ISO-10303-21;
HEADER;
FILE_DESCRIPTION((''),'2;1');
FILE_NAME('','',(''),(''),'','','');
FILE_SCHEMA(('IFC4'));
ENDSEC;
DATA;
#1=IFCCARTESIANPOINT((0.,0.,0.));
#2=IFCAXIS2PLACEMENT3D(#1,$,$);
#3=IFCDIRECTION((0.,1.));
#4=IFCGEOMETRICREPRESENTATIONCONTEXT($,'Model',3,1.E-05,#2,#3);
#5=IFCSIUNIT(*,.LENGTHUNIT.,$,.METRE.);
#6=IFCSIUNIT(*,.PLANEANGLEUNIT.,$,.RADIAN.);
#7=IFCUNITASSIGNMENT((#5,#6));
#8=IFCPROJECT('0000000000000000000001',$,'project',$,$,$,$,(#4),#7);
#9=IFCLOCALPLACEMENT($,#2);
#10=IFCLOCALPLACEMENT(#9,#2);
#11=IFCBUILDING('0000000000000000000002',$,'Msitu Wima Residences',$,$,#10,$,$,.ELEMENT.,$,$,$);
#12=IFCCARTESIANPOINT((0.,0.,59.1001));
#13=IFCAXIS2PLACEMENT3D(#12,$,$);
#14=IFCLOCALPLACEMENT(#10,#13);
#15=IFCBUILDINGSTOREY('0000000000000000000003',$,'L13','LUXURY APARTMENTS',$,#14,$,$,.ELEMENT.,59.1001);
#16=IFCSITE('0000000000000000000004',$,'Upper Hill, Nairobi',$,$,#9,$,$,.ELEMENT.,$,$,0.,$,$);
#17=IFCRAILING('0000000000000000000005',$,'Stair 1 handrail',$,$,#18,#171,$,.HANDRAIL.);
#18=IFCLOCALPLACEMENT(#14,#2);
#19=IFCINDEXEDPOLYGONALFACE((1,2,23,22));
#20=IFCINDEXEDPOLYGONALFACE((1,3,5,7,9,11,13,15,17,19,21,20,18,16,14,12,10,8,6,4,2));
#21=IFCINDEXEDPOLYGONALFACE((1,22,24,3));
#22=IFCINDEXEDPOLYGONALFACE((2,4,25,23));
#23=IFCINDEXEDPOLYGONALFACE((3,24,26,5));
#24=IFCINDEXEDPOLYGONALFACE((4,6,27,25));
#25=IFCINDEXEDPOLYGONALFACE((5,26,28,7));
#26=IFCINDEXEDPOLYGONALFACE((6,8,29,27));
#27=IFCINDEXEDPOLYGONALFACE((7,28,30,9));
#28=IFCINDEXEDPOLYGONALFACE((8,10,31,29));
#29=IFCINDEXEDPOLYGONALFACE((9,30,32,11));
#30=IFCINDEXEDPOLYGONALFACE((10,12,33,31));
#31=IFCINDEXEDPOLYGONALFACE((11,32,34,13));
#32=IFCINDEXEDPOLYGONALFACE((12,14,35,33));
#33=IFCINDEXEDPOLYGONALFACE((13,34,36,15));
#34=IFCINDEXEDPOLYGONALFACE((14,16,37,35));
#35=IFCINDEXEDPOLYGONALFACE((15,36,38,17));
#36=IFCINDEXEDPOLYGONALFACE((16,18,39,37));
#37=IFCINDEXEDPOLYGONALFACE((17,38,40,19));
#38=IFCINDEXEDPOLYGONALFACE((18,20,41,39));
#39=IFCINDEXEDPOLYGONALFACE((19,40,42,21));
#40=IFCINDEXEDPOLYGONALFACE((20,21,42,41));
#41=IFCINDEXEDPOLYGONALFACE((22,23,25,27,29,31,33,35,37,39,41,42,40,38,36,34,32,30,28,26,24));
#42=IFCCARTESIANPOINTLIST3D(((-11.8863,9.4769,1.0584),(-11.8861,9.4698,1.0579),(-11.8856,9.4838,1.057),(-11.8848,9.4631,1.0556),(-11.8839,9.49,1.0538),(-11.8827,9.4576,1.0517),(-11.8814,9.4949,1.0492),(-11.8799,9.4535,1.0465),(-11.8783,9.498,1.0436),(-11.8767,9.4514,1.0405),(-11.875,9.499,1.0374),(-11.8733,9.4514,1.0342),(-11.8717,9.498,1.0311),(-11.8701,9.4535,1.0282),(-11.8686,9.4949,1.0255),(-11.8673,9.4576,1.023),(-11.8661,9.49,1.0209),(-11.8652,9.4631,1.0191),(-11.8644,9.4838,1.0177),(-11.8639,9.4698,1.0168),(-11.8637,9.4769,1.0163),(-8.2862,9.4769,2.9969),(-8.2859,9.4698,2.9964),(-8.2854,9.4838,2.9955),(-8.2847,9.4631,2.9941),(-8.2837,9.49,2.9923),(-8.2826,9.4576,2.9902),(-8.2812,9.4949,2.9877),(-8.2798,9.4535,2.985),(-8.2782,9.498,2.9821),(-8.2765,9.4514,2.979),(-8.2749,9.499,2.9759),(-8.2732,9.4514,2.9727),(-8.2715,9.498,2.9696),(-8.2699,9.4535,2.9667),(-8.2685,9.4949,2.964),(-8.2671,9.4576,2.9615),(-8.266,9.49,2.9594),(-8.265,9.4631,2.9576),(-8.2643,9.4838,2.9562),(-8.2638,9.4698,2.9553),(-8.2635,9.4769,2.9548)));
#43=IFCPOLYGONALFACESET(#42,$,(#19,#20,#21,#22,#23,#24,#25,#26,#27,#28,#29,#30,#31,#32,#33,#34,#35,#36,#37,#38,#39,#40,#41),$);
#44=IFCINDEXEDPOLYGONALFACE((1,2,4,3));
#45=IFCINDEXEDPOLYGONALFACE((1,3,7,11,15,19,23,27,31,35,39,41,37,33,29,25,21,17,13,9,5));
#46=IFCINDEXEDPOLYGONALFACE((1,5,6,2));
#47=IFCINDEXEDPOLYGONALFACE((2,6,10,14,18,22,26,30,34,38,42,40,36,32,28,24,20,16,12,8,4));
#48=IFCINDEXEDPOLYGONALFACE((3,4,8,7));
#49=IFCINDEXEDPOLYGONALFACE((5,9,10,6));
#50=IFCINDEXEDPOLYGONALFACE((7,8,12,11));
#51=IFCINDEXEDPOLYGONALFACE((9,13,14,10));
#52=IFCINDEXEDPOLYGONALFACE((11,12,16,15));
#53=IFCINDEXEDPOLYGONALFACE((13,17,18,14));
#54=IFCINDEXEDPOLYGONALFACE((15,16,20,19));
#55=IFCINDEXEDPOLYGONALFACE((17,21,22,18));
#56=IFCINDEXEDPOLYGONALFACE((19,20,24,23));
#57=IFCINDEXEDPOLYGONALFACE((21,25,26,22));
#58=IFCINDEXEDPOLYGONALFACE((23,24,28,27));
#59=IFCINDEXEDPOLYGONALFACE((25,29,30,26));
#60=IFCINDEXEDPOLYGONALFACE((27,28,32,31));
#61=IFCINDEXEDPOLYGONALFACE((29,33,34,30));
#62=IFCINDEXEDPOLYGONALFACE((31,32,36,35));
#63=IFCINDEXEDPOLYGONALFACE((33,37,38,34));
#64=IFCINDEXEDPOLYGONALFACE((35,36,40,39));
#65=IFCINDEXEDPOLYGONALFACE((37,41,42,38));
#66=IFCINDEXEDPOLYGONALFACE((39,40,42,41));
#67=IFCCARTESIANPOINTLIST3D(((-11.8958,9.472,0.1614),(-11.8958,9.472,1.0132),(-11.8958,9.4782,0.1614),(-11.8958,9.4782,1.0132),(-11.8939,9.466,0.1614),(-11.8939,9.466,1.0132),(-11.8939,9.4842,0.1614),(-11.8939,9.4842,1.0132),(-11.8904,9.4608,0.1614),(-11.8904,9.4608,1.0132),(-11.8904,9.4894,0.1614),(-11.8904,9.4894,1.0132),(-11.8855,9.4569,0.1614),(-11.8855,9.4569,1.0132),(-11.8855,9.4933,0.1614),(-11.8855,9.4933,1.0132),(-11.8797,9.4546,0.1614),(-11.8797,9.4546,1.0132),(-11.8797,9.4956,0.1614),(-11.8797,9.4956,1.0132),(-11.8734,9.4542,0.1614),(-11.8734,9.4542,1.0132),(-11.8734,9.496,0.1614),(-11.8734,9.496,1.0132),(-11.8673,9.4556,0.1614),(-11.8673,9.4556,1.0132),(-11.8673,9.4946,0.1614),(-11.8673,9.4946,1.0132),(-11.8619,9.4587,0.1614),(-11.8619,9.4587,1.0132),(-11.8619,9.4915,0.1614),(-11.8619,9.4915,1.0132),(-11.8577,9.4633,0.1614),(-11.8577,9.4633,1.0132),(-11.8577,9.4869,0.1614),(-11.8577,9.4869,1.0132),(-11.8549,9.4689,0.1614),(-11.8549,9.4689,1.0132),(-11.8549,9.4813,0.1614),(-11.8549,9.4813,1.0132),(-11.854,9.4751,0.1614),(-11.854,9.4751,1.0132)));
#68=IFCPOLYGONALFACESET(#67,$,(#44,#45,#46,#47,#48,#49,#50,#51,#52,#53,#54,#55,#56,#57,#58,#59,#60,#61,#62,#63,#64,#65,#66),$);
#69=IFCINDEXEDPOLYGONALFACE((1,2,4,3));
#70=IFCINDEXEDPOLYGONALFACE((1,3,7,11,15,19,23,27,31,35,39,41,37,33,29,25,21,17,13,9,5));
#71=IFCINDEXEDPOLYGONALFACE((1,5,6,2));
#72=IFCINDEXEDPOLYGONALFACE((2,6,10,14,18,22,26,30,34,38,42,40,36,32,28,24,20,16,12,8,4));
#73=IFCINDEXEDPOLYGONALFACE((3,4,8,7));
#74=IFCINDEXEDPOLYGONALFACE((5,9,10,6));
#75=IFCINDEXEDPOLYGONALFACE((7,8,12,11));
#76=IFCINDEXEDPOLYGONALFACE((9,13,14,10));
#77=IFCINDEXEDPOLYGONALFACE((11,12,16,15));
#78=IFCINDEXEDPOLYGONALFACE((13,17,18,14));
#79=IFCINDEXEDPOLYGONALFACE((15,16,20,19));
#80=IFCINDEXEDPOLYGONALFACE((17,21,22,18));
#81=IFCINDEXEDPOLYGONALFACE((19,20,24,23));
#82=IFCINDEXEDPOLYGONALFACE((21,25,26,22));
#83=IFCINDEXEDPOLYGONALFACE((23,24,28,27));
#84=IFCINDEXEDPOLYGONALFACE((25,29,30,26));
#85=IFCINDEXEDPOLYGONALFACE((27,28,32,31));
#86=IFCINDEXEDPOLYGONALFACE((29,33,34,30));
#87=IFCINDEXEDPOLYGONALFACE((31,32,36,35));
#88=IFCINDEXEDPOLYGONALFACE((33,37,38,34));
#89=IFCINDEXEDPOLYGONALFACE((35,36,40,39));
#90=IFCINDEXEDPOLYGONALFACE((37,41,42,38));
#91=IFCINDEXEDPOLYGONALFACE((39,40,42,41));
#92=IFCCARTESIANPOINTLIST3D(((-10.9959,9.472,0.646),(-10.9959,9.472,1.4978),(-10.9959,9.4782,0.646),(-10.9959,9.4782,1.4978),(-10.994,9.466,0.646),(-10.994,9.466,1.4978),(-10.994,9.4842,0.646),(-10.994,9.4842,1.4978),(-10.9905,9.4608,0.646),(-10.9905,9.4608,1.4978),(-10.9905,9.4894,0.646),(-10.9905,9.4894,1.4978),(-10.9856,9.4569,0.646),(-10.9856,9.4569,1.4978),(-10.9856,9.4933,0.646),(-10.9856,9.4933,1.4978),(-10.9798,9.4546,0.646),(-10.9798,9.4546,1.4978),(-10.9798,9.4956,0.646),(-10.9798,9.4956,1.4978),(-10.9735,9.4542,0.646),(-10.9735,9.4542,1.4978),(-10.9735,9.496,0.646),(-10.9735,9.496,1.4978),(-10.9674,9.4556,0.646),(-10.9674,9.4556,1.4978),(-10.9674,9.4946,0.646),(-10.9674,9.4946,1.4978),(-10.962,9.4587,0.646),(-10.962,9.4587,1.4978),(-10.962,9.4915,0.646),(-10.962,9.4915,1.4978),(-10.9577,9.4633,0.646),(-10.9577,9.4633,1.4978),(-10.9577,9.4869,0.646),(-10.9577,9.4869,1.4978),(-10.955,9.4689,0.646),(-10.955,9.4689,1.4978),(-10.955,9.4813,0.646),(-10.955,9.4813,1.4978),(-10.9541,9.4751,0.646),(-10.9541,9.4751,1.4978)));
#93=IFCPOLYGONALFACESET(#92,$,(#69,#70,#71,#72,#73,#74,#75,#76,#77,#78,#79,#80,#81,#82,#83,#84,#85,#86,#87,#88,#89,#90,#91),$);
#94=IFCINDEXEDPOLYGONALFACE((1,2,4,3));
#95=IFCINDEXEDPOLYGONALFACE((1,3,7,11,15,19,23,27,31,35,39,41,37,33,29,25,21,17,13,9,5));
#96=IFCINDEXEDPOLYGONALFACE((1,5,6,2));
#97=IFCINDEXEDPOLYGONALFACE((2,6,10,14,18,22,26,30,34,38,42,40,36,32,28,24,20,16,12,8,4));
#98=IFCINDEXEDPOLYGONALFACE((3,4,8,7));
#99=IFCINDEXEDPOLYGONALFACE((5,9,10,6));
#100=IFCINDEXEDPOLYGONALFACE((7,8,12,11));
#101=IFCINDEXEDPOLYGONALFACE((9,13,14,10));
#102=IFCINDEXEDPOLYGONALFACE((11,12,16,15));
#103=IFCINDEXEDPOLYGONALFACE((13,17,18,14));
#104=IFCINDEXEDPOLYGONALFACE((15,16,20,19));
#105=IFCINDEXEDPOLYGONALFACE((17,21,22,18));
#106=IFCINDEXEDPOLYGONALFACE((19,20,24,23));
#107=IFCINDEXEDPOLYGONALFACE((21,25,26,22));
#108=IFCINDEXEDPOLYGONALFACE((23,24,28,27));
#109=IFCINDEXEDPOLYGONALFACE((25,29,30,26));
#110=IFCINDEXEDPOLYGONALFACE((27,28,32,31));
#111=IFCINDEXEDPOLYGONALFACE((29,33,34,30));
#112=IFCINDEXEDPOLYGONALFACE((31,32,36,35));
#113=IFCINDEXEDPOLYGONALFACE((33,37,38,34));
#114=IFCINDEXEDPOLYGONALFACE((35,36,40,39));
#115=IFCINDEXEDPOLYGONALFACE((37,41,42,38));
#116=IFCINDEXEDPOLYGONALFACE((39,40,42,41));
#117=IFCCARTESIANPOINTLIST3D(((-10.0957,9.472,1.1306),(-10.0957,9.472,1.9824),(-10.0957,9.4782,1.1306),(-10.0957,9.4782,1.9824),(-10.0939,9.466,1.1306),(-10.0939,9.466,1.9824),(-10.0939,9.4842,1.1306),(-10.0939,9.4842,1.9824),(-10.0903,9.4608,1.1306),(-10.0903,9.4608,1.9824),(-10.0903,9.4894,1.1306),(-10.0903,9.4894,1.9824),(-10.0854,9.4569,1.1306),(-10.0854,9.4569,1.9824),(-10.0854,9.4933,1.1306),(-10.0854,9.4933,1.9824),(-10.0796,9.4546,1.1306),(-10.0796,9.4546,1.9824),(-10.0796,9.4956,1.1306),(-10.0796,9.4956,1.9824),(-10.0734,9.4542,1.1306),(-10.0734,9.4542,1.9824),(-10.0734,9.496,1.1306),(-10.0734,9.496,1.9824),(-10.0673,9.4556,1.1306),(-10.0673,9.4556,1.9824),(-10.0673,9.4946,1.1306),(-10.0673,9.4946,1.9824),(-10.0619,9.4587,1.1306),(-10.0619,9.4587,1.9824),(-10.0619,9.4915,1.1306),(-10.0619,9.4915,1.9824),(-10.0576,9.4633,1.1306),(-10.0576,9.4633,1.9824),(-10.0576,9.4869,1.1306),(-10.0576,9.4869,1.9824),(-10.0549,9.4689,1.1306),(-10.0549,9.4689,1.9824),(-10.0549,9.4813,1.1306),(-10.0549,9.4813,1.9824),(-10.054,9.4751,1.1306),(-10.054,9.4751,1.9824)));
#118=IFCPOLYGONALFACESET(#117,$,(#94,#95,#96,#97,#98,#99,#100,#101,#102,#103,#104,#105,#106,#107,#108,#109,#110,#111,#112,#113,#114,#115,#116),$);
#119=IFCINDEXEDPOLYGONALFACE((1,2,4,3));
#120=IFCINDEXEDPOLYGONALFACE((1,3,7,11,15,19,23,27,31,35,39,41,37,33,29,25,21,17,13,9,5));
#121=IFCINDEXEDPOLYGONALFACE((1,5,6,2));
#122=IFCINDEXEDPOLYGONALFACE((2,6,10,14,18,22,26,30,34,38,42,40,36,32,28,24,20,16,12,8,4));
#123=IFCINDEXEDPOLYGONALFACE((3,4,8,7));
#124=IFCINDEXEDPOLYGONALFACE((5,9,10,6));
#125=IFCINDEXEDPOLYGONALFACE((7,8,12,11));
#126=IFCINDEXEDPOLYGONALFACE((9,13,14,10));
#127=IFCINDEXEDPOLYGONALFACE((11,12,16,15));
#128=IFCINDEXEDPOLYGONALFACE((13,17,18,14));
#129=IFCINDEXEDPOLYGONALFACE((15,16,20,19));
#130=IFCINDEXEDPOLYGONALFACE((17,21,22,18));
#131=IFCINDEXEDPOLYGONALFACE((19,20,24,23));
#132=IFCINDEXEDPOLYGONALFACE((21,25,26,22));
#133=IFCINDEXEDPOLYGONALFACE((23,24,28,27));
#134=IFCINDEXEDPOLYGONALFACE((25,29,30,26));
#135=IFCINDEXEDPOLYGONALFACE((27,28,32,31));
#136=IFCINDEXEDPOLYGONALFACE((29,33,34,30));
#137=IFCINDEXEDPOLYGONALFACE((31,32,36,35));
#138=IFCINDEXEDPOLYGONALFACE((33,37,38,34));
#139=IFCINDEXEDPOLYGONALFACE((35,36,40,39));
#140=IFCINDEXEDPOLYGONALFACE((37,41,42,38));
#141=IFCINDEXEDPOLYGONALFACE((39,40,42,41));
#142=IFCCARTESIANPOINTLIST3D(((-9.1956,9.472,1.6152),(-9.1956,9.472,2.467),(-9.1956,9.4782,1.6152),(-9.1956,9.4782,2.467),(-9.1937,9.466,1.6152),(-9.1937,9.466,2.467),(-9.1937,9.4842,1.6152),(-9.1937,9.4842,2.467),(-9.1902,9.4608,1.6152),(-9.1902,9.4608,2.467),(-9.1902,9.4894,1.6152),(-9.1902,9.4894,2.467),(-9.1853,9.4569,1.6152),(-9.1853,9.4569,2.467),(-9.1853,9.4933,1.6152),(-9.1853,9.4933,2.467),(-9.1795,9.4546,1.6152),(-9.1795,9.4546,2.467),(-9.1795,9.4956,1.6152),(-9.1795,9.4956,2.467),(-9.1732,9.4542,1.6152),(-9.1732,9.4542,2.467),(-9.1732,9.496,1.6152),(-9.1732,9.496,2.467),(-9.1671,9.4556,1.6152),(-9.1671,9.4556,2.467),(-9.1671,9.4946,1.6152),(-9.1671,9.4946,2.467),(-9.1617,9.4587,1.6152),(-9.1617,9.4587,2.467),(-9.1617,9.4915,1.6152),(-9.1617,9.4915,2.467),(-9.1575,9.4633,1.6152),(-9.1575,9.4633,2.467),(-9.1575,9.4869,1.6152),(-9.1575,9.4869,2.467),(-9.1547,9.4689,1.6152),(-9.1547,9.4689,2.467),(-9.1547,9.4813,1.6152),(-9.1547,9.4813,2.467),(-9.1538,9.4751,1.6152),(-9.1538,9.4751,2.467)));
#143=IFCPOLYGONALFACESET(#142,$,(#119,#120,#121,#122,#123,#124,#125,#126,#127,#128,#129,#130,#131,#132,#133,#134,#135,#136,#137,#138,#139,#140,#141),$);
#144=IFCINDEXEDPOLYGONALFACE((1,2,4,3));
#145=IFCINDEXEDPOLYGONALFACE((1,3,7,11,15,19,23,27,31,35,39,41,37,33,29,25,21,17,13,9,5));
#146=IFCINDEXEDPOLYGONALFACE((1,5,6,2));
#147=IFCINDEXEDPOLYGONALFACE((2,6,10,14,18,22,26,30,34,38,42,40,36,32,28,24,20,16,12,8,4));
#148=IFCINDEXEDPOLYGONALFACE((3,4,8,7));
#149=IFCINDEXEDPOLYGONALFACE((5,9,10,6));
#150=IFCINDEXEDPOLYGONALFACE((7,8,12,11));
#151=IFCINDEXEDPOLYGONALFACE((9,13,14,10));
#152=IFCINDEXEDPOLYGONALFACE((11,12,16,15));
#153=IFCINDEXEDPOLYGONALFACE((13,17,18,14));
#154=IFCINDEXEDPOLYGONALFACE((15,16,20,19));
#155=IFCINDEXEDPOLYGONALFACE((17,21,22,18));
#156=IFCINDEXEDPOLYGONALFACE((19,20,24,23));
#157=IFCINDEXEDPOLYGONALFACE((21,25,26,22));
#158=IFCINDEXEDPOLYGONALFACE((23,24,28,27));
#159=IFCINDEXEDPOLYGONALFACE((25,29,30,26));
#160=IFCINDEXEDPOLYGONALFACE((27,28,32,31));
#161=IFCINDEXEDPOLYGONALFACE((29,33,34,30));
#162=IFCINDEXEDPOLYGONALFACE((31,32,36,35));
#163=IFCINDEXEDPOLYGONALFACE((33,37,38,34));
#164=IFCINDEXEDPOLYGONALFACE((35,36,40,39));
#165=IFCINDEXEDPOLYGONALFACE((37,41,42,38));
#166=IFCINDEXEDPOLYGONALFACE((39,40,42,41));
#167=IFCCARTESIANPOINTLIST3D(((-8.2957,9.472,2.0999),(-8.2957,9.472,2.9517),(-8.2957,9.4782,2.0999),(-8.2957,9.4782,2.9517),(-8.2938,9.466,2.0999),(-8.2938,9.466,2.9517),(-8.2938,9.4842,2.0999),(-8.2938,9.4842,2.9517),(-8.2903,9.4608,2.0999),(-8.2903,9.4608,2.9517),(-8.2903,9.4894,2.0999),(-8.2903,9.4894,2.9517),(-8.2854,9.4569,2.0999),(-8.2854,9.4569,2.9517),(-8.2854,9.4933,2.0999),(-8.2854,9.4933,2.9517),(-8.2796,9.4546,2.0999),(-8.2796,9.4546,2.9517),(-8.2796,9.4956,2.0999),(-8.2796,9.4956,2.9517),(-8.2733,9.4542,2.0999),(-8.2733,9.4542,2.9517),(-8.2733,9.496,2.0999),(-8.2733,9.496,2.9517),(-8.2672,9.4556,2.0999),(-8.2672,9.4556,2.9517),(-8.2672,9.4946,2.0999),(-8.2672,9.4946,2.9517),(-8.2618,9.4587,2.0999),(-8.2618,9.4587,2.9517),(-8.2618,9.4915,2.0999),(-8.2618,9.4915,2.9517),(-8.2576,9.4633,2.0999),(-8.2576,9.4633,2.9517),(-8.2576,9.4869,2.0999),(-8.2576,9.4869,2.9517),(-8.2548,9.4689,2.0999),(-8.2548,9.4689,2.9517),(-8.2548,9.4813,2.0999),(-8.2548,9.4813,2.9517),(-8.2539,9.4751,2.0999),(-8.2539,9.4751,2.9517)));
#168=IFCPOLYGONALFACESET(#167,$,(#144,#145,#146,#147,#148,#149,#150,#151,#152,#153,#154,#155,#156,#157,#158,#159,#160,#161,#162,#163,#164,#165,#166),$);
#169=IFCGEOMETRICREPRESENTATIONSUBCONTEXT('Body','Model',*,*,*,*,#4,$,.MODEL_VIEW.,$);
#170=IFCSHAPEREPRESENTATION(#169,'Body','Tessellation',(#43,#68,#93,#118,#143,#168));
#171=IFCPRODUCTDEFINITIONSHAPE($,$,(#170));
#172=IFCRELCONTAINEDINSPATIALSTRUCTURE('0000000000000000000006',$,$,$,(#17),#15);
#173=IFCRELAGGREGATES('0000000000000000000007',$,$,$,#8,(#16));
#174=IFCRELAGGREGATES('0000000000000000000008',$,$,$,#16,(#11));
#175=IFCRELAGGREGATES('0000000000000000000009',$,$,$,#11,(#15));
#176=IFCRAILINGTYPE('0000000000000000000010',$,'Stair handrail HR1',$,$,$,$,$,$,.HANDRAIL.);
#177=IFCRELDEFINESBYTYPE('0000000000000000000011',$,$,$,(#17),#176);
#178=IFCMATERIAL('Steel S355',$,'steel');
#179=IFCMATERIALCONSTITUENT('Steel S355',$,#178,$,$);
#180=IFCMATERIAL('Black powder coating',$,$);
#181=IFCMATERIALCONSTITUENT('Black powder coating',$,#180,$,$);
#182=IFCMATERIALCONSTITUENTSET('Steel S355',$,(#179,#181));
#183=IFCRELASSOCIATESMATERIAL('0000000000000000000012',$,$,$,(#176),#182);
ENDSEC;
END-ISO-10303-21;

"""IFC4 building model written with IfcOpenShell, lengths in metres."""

from ifc_helpers import new_model, si_unit, direction, frame, origin, origin_2d, place, context, subcontext, project, spatial, circle, extrude, material, constituent, constituent_set, type_object, element, save


model = new_model("IFC4")

# Units and contexts
model_context = context("Model", 3, precision=1e-05, world=origin(), true_north=direction((0.0, 1.0)))
body_context = subcontext(model_context, "Body", "Model", "MODEL_VIEW")
ifc_project = project(units=[si_unit("LENGTHUNIT", "METRE"), si_unit("PLANEANGLEUNIT", "RADIAN")], contexts=[model_context])

# Site, building, storey
site_placement = place(None, origin())
site = spatial("IfcSite", under=ifc_project, at=site_placement, Name="Upper Hill, Nairobi", CompositionType="ELEMENT", RefElevation=0.0)
building_placement = place(site_placement, origin())
building = spatial("IfcBuilding", under=site, at=building_placement, Name="Msitu Wima Residences", CompositionType="ELEMENT")
storey_placement = place(building_placement, frame((0.0, 0.0, 59.1001)))
storey = spatial("IfcBuildingStorey", under=building, at=storey_placement, Name="L13", Description="LUXURY APARTMENTS", CompositionType="ELEMENT", Elevation=59.1001)

# Railing
ifc_material_1 = material(Name="Steel S355", Category="steel")
ifc_constituent_1 = constituent(ifc_material_1, Name="Steel S355")
ifc_material_2 = material(Name="Black powder coating")
ifc_constituent_2 = constituent(ifc_material_2, Name="Black powder coating")
ifc_constituent_set = constituent_set(constituents=[ifc_constituent_1, ifc_constituent_2], Name="Steel S355")
railing_type = type_object("IfcRailingType", Name="Stair handrail HR1", PredefinedType="HANDRAIL", material=ifc_constituent_set)
for number, where, name in (
    (1, (-11.875, 9.4751, 0.1614), "Stair 1 handrail"),
):
    element("IfcRailing", number, at=place(storey_placement, frame(where)), inside=storey, type_object=railing_type, Name=name, PredefinedType="HANDRAIL", context=body_context, shape_type="SweptSolid", body=[
        extrude(circle(Radius=0.0239, at=origin_2d()), frame((0.0, 0.0, 0.876), z_axis=(0.880475, 0.0, 0.474093), x_axis=(0.0, 1.0, 0.0)), (0.0, 0.0, 1.0), 4.0889),
        extrude(circle(Radius=0.021, at=origin_2d()), origin(), (0.0, 0.0, 1.0), 0.8518),
        extrude(circle(Radius=0.021, at=origin_2d()), frame((0.8999, 0.0, 0.4846)), (0.0, 0.0, 1.0), 0.8518),
        extrude(circle(Radius=0.021, at=origin_2d()), frame((1.8, 0.0, 0.9692)), (0.0, 0.0, 1.0), 0.8518),
        extrude(circle(Radius=0.021, at=origin_2d()), frame((2.7002, 0.0, 1.4539)), (0.0, 0.0, 1.0), 0.8518),
        extrude(circle(Radius=0.021, at=origin_2d()), frame((3.6001, 0.0, 1.9385)), (0.0, 0.0, 1.0), 0.8518),
    ])

save(model, "model.ifc")
